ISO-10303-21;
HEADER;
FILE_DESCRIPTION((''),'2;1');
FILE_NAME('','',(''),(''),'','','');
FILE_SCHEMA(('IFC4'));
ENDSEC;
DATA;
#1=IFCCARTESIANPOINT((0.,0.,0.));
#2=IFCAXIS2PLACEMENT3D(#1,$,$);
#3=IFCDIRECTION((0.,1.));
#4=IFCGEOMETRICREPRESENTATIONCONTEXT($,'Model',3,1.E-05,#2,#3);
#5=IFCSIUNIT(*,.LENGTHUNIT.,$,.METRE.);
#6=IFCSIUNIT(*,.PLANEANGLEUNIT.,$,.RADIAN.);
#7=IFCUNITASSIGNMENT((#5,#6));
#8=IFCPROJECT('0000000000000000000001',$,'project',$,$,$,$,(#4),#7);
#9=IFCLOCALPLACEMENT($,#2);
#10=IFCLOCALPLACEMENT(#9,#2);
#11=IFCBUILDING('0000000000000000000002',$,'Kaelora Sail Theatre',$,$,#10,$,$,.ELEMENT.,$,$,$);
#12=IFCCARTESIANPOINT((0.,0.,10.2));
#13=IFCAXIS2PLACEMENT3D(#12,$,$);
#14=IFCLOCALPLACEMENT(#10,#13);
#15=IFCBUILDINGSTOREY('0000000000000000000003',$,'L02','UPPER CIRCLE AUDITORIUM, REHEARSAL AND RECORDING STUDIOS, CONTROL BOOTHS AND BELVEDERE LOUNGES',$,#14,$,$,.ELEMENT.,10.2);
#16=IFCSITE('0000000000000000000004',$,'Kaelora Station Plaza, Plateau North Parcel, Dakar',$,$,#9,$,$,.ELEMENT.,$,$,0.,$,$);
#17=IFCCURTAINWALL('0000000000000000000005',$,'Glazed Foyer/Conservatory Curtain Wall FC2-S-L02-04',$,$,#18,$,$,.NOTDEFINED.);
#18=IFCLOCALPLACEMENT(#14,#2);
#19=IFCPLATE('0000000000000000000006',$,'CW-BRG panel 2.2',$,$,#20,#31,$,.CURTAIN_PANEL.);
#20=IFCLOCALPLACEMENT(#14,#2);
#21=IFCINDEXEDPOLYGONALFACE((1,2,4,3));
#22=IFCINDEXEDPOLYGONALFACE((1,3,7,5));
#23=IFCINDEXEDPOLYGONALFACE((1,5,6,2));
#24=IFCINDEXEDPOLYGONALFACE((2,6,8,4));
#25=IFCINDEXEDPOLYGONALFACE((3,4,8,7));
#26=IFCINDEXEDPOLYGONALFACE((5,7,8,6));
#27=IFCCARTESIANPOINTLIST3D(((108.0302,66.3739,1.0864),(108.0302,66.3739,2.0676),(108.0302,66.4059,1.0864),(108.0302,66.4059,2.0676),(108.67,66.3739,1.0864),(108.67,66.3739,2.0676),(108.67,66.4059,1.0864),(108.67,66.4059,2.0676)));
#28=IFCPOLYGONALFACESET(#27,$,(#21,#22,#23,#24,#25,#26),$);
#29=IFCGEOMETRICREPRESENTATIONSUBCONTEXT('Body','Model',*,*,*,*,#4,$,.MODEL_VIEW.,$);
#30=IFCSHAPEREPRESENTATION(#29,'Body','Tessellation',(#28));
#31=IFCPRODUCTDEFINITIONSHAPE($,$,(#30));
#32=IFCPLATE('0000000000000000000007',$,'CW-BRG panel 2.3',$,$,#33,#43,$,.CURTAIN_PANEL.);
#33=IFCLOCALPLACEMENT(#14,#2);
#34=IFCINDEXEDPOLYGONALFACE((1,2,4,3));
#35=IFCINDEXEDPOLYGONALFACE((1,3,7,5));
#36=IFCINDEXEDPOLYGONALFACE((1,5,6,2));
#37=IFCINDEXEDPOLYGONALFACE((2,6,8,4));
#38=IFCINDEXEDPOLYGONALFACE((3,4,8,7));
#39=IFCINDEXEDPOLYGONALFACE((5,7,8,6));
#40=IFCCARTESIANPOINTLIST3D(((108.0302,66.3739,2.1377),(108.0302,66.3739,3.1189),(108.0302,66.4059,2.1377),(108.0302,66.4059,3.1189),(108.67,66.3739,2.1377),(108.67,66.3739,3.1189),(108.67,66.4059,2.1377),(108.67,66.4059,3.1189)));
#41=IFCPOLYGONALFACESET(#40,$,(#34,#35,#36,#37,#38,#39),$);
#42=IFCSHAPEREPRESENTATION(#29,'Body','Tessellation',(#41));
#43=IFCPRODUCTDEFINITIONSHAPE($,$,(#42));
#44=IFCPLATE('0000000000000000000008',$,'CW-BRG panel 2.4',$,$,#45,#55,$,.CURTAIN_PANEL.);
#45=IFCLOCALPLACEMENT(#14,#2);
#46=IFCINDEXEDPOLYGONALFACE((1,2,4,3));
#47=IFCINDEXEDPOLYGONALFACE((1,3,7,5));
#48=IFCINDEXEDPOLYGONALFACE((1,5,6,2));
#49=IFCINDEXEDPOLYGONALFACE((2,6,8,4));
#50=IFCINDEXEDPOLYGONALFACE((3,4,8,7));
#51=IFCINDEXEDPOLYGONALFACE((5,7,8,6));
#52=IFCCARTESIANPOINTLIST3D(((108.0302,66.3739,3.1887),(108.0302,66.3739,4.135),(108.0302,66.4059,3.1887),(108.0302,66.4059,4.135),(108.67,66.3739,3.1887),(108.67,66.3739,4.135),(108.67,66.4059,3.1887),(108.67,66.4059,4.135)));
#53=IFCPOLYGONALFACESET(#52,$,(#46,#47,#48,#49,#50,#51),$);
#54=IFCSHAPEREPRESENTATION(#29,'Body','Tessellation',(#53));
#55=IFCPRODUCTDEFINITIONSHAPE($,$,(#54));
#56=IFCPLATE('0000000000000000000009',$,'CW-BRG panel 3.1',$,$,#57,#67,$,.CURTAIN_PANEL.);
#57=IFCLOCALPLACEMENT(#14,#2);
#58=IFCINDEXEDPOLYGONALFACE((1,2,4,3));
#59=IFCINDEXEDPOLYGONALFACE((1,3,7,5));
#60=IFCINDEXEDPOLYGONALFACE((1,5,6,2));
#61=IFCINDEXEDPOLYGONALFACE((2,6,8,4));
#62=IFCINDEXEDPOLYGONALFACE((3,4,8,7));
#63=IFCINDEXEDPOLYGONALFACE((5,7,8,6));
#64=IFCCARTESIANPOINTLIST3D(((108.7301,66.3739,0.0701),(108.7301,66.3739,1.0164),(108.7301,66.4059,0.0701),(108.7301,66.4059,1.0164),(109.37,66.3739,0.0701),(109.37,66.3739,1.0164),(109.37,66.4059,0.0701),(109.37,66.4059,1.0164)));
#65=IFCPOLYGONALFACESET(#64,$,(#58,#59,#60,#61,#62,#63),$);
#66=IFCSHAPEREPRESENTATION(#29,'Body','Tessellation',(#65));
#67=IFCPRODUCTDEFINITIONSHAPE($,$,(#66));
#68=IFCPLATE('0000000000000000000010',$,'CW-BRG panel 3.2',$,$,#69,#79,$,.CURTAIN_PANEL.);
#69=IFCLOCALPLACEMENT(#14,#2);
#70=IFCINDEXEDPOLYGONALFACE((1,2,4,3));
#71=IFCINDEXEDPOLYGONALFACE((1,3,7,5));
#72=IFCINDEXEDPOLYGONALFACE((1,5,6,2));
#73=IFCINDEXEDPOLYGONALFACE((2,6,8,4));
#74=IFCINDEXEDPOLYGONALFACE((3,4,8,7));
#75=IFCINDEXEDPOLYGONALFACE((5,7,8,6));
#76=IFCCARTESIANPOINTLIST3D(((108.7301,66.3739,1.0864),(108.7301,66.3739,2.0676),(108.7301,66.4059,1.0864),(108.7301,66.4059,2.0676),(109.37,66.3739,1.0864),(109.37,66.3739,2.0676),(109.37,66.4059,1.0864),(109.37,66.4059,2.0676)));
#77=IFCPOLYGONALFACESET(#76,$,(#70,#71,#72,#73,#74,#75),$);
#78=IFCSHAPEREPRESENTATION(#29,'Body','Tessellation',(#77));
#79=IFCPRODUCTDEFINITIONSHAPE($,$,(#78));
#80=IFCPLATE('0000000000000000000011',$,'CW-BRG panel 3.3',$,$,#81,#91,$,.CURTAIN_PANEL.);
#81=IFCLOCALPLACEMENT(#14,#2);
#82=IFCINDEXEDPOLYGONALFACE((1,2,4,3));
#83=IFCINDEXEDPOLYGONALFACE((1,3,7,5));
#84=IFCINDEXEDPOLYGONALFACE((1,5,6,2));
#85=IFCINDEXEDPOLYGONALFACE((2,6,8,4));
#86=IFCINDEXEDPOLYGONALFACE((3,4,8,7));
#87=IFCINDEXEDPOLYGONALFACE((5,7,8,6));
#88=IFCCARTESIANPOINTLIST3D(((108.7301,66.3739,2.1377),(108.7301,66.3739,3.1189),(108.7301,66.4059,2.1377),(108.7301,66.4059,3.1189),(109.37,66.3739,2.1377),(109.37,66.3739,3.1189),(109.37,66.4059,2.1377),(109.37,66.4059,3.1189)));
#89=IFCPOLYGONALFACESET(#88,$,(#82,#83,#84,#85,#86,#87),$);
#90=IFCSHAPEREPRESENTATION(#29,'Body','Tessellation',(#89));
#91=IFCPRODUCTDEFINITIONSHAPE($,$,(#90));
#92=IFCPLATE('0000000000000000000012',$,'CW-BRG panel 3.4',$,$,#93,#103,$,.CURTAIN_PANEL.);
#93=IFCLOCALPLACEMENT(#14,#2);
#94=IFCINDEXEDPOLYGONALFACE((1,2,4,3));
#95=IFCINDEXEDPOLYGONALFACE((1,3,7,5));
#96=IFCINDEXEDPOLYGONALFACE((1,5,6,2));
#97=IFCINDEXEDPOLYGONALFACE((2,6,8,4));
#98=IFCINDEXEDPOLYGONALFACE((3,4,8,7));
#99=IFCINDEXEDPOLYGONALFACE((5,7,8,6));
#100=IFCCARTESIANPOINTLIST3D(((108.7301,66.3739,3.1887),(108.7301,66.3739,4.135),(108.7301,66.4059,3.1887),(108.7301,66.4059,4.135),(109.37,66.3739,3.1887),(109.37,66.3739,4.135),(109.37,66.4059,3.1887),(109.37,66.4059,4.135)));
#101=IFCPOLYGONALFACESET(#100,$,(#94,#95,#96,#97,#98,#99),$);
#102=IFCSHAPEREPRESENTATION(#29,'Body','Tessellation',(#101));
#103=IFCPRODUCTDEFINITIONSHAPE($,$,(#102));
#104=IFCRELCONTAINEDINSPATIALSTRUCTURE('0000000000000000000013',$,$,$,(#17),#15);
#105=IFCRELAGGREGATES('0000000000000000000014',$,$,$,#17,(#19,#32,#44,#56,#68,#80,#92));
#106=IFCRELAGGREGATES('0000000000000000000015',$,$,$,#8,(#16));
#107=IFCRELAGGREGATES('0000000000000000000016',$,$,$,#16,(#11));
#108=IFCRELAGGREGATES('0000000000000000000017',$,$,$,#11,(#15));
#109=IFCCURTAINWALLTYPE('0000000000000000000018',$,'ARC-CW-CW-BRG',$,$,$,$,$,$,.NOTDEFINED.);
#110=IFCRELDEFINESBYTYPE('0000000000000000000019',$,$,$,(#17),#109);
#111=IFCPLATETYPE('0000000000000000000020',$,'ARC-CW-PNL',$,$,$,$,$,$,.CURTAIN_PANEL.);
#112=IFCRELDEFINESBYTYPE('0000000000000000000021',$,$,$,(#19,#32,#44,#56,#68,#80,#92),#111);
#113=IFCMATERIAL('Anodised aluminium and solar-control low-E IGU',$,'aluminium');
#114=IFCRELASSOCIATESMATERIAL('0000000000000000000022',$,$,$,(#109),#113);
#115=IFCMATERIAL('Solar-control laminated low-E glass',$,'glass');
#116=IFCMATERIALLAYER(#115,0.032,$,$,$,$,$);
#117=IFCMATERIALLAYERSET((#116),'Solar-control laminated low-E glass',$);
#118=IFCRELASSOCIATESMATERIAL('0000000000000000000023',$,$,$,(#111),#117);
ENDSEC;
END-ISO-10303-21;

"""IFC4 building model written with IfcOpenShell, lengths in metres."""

from ifc_helpers import new_model, si_unit, direction, frame, origin, origin_2d, place, context, subcontext, project, spatial, rectangle, extrude, material, layer, layer_set, type_object, element, aggregate, save


model = new_model("IFC4")

# Units and contexts
model_context = context("Model", 3, precision=1e-05, world=origin(), true_north=direction((0.0, 1.0)))
body_context = subcontext(model_context, "Body", "Model", "MODEL_VIEW")
ifc_project = project(units=[si_unit("LENGTHUNIT", "METRE"), si_unit("PLANEANGLEUNIT", "RADIAN")], contexts=[model_context])

# Site, building, storey
site_placement = place(None, origin())
site = spatial("IfcSite", under=ifc_project, at=site_placement, Name="Kaelora Station Plaza, Plateau North Parcel, Dakar", CompositionType="ELEMENT", RefElevation=0.0)
building_placement = place(site_placement, origin())
building = spatial("IfcBuilding", under=site, at=building_placement, Name="Kaelora Sail Theatre", CompositionType="ELEMENT")
storey_placement = place(building_placement, frame((0.0, 0.0, 10.2)))
storey = spatial("IfcBuildingStorey", under=building, at=storey_placement, Name="L02", Description="UPPER CIRCLE AUDITORIUM, REHEARSAL AND RECORDING STUDIOS, CONTROL BOOTHS AND BELVEDERE LOUNGES", CompositionType="ELEMENT", Elevation=10.2)

# Shared definitions
ifc_material_1 = material(Name="Anodised aluminium and solar-control low-E IGU", Category="aluminium")
curtain_wall_type = type_object("IfcCurtainWallType", Name="ARC-CW-CW-BRG", PredefinedType="NOTDEFINED", material=ifc_material_1)

# Curtain wall
curtain_wall_1_placement = place(storey_placement, origin())
curtain_wall_1 = element("IfcCurtainWall", 1, at=curtain_wall_1_placement, inside=storey, type_object=curtain_wall_type, Name="Glazed Foyer/Conservatory Curtain Wall FC2-S-L02-04", PredefinedType="NOTDEFINED")

# Plates
ifc_material_2 = material(Name="Solar-control laminated low-E glass", Category="glass")
ifc_layer = layer(ifc_material_2, 0.032)
ifc_layer_set = layer_set([ifc_layer], Name="Solar-control laminated low-E glass")
plate_type = type_object("IfcPlateType", Name="ARC-CW-PNL", PredefinedType="CURTAIN_PANEL", material=ifc_layer_set)
plate_1_placement = place(storey_placement, frame((108.3501, 66.3899, 1.0864), z_axis=(0.0, 0.0, 1.0), x_axis=(1.0, 0.0, 0.0)))
plate_1 = element("IfcPlate", 2, at=plate_1_placement, type_object=plate_type, Name="CW-BRG panel 2.2", PredefinedType="CURTAIN_PANEL", context=body_context, shape_type="SweptSolid", body=[
    extrude(rectangle(XDim=0.6399, YDim=0.032, at=origin_2d()), origin(), (0.0, 0.0, 1.0), 0.9812),
])
plate_2_placement = place(storey_placement, frame((108.3501, 66.3899, 2.1377), z_axis=(0.0, 0.0, 1.0), x_axis=(1.0, 0.0, 0.0)))
plate_2 = element("IfcPlate", 3, at=plate_2_placement, type_object=plate_type, Name="CW-BRG panel 2.3", PredefinedType="CURTAIN_PANEL", context=body_context, shape_type="SweptSolid", body=[
    extrude(rectangle(XDim=0.6399, YDim=0.032, at=origin_2d()), origin(), (0.0, 0.0, 1.0), 0.9812),
])
plate_3_placement = place(storey_placement, frame((108.3501, 66.3899, 3.1887), z_axis=(0.0, 0.0, 1.0), x_axis=(1.0, 0.0, 0.0)))
plate_3 = element("IfcPlate", 4, at=plate_3_placement, type_object=plate_type, Name="CW-BRG panel 2.4", PredefinedType="CURTAIN_PANEL", context=body_context, shape_type="SweptSolid", body=[
    extrude(rectangle(XDim=0.6399, YDim=0.032, at=origin_2d()), origin(), (0.0, 0.0, 1.0), 0.9463),
])
plate_4_placement = place(storey_placement, frame((109.05, 66.3899, 0.0701), z_axis=(0.0, 0.0, 1.0), x_axis=(1.0, 0.0, 0.0)))
plate_4 = element("IfcPlate", 5, at=plate_4_placement, type_object=plate_type, Name="CW-BRG panel 3.1", PredefinedType="CURTAIN_PANEL", context=body_context, shape_type="SweptSolid", body=[
    extrude(rectangle(XDim=0.6399, YDim=0.032, at=origin_2d()), origin(), (0.0, 0.0, 1.0), 0.9463),
])
plate_5_placement = place(storey_placement, frame((109.05, 66.3899, 1.0864), z_axis=(0.0, 0.0, 1.0), x_axis=(1.0, 0.0, 0.0)))
plate_5 = element("IfcPlate", 6, at=plate_5_placement, type_object=plate_type, Name="CW-BRG panel 3.2", PredefinedType="CURTAIN_PANEL", context=body_context, shape_type="SweptSolid", body=[
    extrude(rectangle(XDim=0.6399, YDim=0.032, at=origin_2d()), origin(), (0.0, 0.0, 1.0), 0.9812),
])
plate_6_placement = place(storey_placement, frame((109.05, 66.3899, 2.1377), z_axis=(0.0, 0.0, 1.0), x_axis=(1.0, 0.0, 0.0)))
plate_6 = element("IfcPlate", 7, at=plate_6_placement, type_object=plate_type, Name="CW-BRG panel 3.3", PredefinedType="CURTAIN_PANEL", context=body_context, shape_type="SweptSolid", body=[
    extrude(rectangle(XDim=0.6399, YDim=0.032, at=origin_2d()), origin(), (0.0, 0.0, 1.0), 0.9812),
])
plate_7_placement = place(storey_placement, frame((109.05, 66.3899, 3.1887), z_axis=(0.0, 0.0, 1.0), x_axis=(1.0, 0.0, 0.0)))
plate_7 = element("IfcPlate", 8, at=plate_7_placement, type_object=plate_type, Name="CW-BRG panel 3.4", PredefinedType="CURTAIN_PANEL", context=body_context, shape_type="SweptSolid", body=[
    extrude(rectangle(XDim=0.6399, YDim=0.032, at=origin_2d()), origin(), (0.0, 0.0, 1.0), 0.9463),
])
aggregate(curtain_wall_1, [plate_1, plate_2, plate_3, plate_4, plate_5, plate_6, plate_7])

save(model, "model.ifc")
